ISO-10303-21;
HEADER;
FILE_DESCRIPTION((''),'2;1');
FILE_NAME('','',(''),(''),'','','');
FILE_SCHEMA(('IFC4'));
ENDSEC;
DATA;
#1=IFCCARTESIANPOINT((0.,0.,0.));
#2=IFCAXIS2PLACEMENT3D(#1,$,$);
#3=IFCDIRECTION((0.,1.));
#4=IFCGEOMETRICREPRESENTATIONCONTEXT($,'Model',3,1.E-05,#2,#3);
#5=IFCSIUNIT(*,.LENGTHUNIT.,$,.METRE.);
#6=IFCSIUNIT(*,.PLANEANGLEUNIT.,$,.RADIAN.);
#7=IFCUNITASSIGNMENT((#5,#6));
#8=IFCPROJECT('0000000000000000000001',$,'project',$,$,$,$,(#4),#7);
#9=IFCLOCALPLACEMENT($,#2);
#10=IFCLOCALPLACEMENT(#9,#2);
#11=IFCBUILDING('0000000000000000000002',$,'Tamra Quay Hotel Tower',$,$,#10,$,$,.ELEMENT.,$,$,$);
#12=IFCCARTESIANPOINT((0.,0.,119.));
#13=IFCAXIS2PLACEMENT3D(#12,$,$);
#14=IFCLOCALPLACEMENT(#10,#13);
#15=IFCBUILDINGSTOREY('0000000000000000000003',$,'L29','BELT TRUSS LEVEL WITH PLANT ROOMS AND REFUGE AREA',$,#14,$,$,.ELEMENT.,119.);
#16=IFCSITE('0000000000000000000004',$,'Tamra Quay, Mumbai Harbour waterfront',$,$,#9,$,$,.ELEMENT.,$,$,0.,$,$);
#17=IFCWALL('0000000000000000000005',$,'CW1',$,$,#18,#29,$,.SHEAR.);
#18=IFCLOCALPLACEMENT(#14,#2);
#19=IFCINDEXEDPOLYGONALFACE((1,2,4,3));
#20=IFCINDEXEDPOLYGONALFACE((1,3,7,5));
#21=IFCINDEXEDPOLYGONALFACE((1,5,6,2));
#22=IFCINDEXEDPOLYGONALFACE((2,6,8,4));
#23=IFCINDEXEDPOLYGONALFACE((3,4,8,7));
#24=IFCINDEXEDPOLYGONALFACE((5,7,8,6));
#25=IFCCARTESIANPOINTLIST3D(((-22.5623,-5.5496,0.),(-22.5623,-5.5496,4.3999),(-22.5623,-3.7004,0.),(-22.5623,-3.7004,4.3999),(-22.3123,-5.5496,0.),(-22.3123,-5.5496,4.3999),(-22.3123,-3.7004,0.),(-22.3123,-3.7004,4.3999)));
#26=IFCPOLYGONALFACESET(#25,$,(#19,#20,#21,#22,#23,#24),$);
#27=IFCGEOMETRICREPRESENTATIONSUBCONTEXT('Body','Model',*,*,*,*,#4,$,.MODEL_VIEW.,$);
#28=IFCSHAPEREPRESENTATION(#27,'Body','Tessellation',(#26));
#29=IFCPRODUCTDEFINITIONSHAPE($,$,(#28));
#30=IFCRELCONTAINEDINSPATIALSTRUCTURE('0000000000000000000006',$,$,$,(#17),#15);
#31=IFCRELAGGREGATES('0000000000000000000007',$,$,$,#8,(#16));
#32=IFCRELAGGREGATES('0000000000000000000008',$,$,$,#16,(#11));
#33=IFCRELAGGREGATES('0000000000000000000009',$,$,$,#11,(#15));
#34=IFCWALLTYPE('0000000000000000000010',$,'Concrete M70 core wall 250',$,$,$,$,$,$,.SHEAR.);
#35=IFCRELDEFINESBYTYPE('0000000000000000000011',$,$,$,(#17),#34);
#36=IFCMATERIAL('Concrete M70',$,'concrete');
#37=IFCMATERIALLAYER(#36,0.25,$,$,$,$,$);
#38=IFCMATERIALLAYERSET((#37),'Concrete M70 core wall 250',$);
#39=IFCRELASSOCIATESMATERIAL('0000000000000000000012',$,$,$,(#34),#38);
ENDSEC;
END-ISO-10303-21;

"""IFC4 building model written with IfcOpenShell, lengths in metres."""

from ifc_helpers import new_model, si_unit, direction, frame, frame_2d, origin, place, context, subcontext, project, spatial, rectangle, extrude, material, layer, layer_set, type_object, element, save


model = new_model("IFC4")

# Units and contexts
model_context = context("Model", 3, precision=1e-05, world=origin(), true_north=direction((0.0, 1.0)))
body_context = subcontext(model_context, "Body", "Model", "MODEL_VIEW")
ifc_project = project(units=[si_unit("LENGTHUNIT", "METRE"), si_unit("PLANEANGLEUNIT", "RADIAN")], contexts=[model_context])

# Site, building, storey
site_placement = place(None, origin())
site = spatial("IfcSite", under=ifc_project, at=site_placement, Name="Tamra Quay, Mumbai Harbour waterfront", CompositionType="ELEMENT", RefElevation=0.0)
building_placement = place(site_placement, origin())
building = spatial("IfcBuilding", under=site, at=building_placement, Name="Tamra Quay Hotel Tower", CompositionType="ELEMENT")
storey_placement = place(building_placement, frame((0.0, 0.0, 119.0)))
storey = spatial("IfcBuildingStorey", under=building, at=storey_placement, Name="L29", Description="BELT TRUSS LEVEL WITH PLANT ROOMS AND REFUGE AREA", CompositionType="ELEMENT", Elevation=119.0)

# Shared definitions
ifc_material_1 = material(Name="Concrete M70", Category="concrete")

# Wall
ifc_layer_1 = layer(ifc_material_1, 0.25)
ifc_layer_set_1 = layer_set([ifc_layer_1], Name="Concrete M70 core wall 250")
wall_type_1 = type_object("IfcWallType", Name="Concrete M70 core wall 250", PredefinedType="SHEAR", material=ifc_layer_set_1)
wall_1_placement = place(storey_placement, frame((-22.4373, -5.5496, 0.0), z_axis=(0.0, 0.0, 1.0), x_axis=(0.0, 1.0, 0.0)))
element("IfcWall", 1, at=wall_1_placement, inside=storey, type_object=wall_type_1, Name="CW1", PredefinedType="SHEAR", context=body_context, shape_type="SweptSolid", body=[
    extrude(rectangle(XDim=1.8491, YDim=0.25, at=frame_2d((0.9246, 0.0))), origin(), (0.0, 0.0, 1.0), 4.3999),
])

save(model, "model.ifc")
